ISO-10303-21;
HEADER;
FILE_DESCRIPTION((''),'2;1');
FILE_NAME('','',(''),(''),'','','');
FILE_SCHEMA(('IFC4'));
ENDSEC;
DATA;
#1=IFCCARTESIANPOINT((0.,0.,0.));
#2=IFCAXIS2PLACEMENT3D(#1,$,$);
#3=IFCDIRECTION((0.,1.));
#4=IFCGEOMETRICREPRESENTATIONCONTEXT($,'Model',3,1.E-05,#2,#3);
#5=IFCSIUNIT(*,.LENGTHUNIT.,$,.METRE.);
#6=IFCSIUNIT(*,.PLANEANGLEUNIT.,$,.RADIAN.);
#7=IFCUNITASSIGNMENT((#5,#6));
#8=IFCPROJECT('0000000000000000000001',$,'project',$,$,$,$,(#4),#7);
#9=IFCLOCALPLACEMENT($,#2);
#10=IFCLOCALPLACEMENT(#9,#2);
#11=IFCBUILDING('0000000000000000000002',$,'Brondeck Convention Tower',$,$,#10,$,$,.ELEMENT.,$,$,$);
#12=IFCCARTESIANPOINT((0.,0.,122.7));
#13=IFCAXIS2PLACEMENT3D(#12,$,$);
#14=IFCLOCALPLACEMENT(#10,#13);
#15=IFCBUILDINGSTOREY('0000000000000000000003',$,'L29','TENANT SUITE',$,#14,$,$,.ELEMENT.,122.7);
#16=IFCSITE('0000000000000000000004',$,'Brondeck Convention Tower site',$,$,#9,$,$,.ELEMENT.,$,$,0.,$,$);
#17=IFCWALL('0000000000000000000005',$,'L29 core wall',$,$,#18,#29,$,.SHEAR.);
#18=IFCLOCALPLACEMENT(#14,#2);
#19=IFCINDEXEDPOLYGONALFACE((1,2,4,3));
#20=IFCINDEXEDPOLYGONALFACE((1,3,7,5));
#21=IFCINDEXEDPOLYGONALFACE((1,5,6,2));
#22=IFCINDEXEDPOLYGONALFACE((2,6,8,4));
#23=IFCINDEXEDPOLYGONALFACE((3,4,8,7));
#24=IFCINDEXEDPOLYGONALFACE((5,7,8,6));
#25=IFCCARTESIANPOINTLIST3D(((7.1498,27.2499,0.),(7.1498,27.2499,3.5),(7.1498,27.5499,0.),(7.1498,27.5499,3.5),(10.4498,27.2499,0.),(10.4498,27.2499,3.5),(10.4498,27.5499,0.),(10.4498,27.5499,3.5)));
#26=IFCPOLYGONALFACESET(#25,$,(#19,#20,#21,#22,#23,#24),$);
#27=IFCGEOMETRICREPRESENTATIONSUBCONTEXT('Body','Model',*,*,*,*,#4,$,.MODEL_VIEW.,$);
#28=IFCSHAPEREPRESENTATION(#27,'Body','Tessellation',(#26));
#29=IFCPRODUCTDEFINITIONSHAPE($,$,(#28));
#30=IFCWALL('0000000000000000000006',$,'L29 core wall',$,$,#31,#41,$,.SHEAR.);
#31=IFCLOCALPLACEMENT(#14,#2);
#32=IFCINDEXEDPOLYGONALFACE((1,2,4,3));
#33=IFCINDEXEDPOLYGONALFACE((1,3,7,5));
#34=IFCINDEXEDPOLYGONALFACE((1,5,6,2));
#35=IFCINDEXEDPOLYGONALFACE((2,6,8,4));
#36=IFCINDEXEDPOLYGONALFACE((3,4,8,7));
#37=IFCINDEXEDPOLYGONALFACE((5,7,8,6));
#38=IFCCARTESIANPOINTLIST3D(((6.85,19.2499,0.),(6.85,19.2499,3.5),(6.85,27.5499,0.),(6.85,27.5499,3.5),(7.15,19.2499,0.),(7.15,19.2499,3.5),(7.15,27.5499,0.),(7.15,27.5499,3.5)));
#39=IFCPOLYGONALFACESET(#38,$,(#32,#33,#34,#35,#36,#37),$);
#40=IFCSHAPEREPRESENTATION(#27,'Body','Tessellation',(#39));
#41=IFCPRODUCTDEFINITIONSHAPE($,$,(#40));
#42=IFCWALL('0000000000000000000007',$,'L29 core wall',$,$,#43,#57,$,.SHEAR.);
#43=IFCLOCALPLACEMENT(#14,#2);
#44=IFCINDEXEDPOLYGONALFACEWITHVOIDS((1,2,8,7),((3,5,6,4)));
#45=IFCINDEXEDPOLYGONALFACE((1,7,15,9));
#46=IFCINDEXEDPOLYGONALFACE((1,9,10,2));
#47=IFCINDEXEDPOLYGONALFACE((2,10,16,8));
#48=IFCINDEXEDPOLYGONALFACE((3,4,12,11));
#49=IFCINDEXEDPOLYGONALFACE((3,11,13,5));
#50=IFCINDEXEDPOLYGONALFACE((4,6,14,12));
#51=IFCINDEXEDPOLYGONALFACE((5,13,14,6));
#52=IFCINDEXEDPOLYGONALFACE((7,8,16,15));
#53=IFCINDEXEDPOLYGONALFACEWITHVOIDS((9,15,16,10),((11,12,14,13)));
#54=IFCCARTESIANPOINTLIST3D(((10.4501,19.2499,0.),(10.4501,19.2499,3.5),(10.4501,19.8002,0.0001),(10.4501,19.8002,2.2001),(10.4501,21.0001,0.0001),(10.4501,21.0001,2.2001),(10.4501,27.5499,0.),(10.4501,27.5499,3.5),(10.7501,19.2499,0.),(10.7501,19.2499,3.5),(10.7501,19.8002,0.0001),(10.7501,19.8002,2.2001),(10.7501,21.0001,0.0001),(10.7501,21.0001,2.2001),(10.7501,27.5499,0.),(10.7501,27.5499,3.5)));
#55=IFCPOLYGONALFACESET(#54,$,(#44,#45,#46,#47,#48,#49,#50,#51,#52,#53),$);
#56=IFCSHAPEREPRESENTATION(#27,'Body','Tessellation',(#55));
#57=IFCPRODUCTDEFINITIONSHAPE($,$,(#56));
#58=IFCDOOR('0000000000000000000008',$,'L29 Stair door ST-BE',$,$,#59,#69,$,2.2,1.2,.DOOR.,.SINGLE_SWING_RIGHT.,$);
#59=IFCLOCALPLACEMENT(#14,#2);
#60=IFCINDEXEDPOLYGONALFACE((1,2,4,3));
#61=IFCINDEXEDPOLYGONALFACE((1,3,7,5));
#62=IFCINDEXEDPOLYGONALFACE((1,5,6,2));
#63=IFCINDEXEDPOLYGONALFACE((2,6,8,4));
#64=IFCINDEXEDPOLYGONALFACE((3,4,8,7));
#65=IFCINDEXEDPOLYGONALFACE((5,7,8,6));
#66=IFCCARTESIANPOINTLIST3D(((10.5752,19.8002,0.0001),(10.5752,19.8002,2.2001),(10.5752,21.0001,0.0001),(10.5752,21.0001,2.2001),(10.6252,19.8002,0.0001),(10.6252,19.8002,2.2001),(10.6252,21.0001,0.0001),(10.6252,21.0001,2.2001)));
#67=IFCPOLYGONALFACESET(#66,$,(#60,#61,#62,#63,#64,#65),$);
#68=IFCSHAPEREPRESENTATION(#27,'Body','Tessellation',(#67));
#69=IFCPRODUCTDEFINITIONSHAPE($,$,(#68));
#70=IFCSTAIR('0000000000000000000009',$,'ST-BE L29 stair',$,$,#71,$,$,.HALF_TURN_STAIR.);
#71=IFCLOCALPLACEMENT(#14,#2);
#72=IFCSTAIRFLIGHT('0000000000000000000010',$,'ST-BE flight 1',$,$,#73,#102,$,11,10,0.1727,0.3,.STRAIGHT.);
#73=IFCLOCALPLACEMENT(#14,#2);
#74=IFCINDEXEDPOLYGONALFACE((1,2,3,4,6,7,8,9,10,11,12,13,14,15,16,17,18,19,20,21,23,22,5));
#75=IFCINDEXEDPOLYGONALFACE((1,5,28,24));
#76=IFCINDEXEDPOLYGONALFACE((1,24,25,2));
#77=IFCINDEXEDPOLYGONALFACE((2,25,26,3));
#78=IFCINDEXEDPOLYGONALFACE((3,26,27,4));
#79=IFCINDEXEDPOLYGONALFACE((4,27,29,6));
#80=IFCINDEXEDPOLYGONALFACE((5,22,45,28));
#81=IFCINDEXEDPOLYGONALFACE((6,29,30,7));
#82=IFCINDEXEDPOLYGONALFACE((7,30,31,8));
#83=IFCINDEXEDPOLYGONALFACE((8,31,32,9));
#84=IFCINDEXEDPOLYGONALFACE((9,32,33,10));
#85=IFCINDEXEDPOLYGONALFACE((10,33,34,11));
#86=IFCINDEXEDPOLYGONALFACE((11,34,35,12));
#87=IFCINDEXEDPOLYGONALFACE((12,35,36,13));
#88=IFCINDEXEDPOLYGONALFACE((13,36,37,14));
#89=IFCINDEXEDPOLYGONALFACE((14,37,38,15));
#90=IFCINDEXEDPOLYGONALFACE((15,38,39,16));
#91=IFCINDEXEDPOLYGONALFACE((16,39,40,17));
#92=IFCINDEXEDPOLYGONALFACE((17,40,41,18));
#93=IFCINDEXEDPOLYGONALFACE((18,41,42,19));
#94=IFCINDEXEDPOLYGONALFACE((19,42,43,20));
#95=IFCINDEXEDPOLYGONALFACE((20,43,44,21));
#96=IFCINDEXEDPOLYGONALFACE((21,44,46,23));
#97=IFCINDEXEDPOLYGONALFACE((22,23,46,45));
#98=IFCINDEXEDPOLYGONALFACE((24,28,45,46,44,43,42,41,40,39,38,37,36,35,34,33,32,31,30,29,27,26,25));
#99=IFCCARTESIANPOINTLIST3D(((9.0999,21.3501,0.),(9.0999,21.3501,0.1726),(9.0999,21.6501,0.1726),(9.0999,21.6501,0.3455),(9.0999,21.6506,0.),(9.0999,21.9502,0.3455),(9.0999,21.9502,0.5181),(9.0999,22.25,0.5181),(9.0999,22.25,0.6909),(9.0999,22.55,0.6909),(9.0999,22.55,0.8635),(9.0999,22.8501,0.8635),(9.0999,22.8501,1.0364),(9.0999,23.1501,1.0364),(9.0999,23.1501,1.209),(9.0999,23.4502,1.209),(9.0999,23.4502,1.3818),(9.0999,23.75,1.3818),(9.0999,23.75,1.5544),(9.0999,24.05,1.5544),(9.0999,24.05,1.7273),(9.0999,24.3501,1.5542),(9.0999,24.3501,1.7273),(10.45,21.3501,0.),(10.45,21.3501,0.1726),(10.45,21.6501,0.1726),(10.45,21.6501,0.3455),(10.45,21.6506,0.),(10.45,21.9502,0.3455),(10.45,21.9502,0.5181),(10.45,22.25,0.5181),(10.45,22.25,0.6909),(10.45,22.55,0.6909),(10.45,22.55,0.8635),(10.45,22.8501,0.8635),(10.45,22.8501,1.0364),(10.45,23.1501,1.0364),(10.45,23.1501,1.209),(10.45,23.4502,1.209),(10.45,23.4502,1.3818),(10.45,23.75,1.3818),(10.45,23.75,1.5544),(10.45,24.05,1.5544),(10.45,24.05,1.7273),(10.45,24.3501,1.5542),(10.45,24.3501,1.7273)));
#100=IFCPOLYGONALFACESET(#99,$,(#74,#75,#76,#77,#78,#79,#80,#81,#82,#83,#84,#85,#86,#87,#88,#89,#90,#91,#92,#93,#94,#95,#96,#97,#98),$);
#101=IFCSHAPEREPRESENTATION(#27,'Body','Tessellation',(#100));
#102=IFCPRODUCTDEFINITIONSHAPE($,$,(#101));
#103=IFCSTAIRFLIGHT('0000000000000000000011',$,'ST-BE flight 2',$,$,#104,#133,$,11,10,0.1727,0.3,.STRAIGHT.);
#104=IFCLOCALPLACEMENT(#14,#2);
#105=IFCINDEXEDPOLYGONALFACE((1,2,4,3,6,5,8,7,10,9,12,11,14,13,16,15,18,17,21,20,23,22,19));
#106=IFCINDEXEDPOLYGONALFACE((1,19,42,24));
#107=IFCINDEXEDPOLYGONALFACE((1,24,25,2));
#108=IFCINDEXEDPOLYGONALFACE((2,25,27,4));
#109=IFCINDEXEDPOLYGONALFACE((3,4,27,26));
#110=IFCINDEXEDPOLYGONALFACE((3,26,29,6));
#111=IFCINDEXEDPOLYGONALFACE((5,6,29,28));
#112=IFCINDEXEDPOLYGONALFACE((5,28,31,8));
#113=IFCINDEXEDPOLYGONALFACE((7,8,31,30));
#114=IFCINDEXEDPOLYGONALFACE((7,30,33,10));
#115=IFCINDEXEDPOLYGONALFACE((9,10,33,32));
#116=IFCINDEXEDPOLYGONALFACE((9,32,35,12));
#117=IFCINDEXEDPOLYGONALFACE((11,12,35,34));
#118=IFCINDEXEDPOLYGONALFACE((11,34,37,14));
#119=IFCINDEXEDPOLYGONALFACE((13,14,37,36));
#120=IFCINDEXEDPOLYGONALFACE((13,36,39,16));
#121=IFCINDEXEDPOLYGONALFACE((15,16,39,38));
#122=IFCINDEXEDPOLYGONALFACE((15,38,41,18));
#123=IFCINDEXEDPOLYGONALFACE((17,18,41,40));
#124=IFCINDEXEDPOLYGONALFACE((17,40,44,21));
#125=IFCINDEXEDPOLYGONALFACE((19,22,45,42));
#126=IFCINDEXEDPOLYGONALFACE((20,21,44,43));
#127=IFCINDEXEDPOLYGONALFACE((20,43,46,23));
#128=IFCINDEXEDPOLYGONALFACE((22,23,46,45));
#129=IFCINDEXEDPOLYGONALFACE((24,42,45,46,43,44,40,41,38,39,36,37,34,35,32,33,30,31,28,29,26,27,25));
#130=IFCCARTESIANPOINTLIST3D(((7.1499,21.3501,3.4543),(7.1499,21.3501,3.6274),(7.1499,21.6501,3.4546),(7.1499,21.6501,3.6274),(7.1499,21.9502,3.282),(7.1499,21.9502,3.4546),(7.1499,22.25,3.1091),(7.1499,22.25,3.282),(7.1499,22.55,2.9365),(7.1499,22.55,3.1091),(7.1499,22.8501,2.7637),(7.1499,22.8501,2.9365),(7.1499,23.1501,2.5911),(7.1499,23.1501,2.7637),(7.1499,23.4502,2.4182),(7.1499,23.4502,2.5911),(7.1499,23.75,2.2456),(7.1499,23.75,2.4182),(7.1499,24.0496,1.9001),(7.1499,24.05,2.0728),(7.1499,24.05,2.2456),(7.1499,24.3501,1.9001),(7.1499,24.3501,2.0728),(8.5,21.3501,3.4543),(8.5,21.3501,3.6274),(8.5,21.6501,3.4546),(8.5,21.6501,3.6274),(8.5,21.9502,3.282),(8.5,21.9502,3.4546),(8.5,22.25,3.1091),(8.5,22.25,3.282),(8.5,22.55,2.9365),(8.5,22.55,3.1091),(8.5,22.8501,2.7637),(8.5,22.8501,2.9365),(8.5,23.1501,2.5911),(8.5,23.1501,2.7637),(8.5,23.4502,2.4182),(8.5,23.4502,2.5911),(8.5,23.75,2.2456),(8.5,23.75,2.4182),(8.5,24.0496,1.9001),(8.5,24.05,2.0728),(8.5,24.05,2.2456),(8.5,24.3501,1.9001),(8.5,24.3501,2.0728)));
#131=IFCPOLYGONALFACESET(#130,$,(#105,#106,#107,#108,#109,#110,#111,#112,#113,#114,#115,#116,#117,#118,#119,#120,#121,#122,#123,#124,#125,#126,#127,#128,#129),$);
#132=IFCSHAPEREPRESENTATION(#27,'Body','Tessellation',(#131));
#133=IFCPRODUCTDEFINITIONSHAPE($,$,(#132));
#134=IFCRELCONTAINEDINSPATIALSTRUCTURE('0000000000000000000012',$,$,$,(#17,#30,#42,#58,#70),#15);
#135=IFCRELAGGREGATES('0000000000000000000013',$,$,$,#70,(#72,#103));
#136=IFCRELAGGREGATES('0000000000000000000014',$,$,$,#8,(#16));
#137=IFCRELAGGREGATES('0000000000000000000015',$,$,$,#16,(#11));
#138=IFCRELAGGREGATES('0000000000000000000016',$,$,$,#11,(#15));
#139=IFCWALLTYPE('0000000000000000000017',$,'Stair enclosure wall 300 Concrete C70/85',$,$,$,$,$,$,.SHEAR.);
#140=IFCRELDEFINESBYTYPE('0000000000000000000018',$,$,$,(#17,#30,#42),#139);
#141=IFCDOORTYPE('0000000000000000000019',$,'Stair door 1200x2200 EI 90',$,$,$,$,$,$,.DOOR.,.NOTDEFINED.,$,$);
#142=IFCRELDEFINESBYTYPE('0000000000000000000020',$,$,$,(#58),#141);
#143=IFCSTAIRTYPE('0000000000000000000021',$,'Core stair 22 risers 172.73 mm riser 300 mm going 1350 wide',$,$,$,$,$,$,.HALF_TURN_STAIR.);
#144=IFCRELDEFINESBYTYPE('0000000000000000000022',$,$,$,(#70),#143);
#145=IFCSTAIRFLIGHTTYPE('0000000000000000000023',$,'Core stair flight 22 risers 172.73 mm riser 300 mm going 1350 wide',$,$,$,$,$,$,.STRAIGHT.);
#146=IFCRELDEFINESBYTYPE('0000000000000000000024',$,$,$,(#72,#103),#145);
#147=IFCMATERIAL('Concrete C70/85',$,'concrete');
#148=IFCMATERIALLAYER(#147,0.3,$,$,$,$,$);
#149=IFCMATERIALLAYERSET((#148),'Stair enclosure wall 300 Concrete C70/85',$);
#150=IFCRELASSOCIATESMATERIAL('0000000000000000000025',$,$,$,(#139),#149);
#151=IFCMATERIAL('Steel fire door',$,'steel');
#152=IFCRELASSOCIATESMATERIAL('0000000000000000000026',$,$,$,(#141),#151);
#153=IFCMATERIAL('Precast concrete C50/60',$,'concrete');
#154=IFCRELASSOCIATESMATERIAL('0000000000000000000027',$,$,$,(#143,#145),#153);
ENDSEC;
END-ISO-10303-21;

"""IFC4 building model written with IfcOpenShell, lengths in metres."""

from ifc_helpers import new_model, si_unit, direction, frame, frame_2d, origin, place, context, subcontext, project, spatial, polyline, rectangle, outline, extrude, material, layer, layer_set, type_object, element, fill, aggregate, save


model = new_model("IFC4")

# Units and contexts
model_context = context("Model", 3, precision=1e-05, world=origin(), true_north=direction((0.0, 1.0)))
body_context = subcontext(model_context, "Body", "Model", "MODEL_VIEW")
ifc_project = project(units=[si_unit("LENGTHUNIT", "METRE"), si_unit("PLANEANGLEUNIT", "RADIAN")], contexts=[model_context])

# Site, building, storey
site_placement = place(None, origin())
site = spatial("IfcSite", under=ifc_project, at=site_placement, Name="Brondeck Convention Tower site", CompositionType="ELEMENT", RefElevation=0.0)
building_placement = place(site_placement, origin())
building = spatial("IfcBuilding", under=site, at=building_placement, Name="Brondeck Convention Tower", CompositionType="ELEMENT")
storey_placement = place(building_placement, frame((0.0, 0.0, 122.7)))
storey = spatial("IfcBuildingStorey", under=building, at=storey_placement, Name="L29", Description="TENANT SUITE", CompositionType="ELEMENT", Elevation=122.7)

# Shared definitions
ifc_material_1 = material(Name="Concrete C70/85", Category="concrete")

# Walls
ifc_layer_1 = layer(ifc_material_1, 0.3)
ifc_layer_set_1 = layer_set([ifc_layer_1], Name="Stair enclosure wall 300 Concrete C70/85")
wall_type_1 = type_object("IfcWallType", Name="Stair enclosure wall 300 Concrete C70/85", PredefinedType="SHEAR", material=ifc_layer_set_1)
for number, where, z_axis, x_axis, name in (
    (1, (7.1499, 27.3999, 0.0), (0.0, 0.0, 1.0), (1.0, 0.0, 0.0), "L29 core wall"),
):
    element("IfcWall", number, at=place(storey_placement, frame(where, z_axis=z_axis, x_axis=x_axis)), inside=storey, type_object=wall_type_1, Name=name, PredefinedType="SHEAR", context=body_context, shape_type="SweptSolid", body=[
        extrude(rectangle(XDim=3.3, YDim=0.3, at=frame_2d((1.6499, 0.0))), origin(), (0.0, 0.0, 1.0), 3.5),
    ])
wall_1_placement = place(storey_placement, frame((7.0, 19.25, 0.0), z_axis=(0.0, 0.0, 1.0), x_axis=(0.0, 1.0, 0.0)))
element("IfcWall", 2, at=wall_1_placement, inside=storey, type_object=wall_type_1, Name="L29 core wall", PredefinedType="SHEAR", context=body_context, shape_type="SweptSolid", body=[
    extrude(rectangle(XDim=8.3, YDim=0.3, at=frame_2d((4.1499, 0.0))), origin(), (0.0, 0.0, 1.0), 3.5),
])

# Wall, opening, door
wall_2_placement = place(storey_placement, frame((10.6001, 19.25, 0.0), z_axis=(0.0, 0.0, 1.0), x_axis=(0.0, 1.0, 0.0)))
wall_2 = element("IfcWall", 3, at=wall_2_placement, inside=storey, type_object=wall_type_1, Name="L29 core wall", PredefinedType="SHEAR", context=body_context, shape_type="SweptSolid", body=[
    extrude(rectangle(XDim=8.3, YDim=0.3, at=frame_2d((4.1499, 0.0))), origin(), (0.0, 0.0, 1.0), 3.5),
])
opening_1_placement = place(wall_2_placement, frame((0.55, 0.0, 0.0)))
opening_1 = element("IfcOpeningElement", 4, at=opening_1_placement, cuts=wall_2, PredefinedType="OPENING", context=body_context, shape_type="SweptSolid", body=[
    extrude(rectangle(XDim=1.2, YDim=2.2, at=frame_2d((0.6001, 1.1001))), frame((0.0, 0.1599, 0.0), z_axis=(0.0, -1.0, 0.0), x_axis=(1.0, 0.0, 0.0)), (0.0, 0.0, 1.0), 0.3201),
])
ifc_material_2 = material(Name="Steel fire door", Category="steel")
door_type = type_object("IfcDoorType", Name="Stair door 1200x2200 EI 90", OperationType="NOTDEFINED", PredefinedType="DOOR", material=ifc_material_2)
door_placement = place(opening_1_placement, origin())
door = element("IfcDoor", 5, at=door_placement, inside=storey, type_object=door_type, Name="L29 Stair door ST-BE", OperationType="SINGLE_SWING_RIGHT", OverallHeight=2.2, OverallWidth=1.2, PredefinedType="DOOR", context=body_context, shape_type="SweptSolid", body=[
    extrude(rectangle(XDim=1.2, YDim=2.2, at=frame_2d((0.6001, 1.1001))), frame((0.0, 0.0249, 0.0), z_axis=(0.0, -1.0, 0.0), x_axis=(1.0, 0.0, 0.0)), (0.0, 0.0, 1.0), 0.05),
])
fill(opening_1, door)

# Stair, stair flights
ifc_material_3 = material(Name="Precast concrete C50/60", Category="concrete")
stair_type = type_object("IfcStairType", Name="Core stair 22 risers 172.73 mm riser 300 mm going 1350 wide", PredefinedType="HALF_TURN_STAIR", material=ifc_material_3)
stair_placement = place(storey_placement, origin())
stair = element("IfcStair", 6, at=stair_placement, inside=storey, type_object=stair_type, Name="ST-BE L29 stair", PredefinedType="HALF_TURN_STAIR")
stair_flight_type = type_object("IfcStairFlightType", Name="Core stair flight 22 risers 172.73 mm riser 300 mm going 1350 wide", PredefinedType="STRAIGHT", material=ifc_material_3)
stair_flight_1_placement = place(storey_placement, frame((9.7749, 21.3501, 0.0), z_axis=(0.0, 0.0, 1.0), x_axis=(0.0, 1.0, 0.0)))
stair_flight_1 = element("IfcStairFlight", 7, at=stair_flight_1_placement, type_object=stair_flight_type, Name="ST-BE flight 1", NumberOfRisers=11, NumberOfTreads=10, PredefinedType="STRAIGHT", RiserHeight=0.1727, TreadLength=0.3, context=body_context, shape_type="SweptSolid", body=[
    extrude(outline(polyline([(0.0, 0.0), (0.0, 0.1726), (0.3, 0.1726), (0.3, 0.3455), (0.6001, 0.3455), (0.6001, 0.5181), (0.8999, 0.5181), (0.8999, 0.6909), (1.2, 0.6909), (1.2, 0.8635), (1.5, 0.8635), (1.5, 1.0364), (1.8, 1.0364), (1.8, 1.209), (2.1001, 1.209), (2.1001, 1.3818), (2.3999, 1.3818), (2.3999, 1.5544), (2.7, 1.5544), (2.7, 1.7273), (3.0, 1.7273), (3.0, 1.8999), (3.0, 1.5542), (0.3005, 0.0), (0.0, 0.0)])), frame((0.0, 0.675, 0.0), z_axis=(0.0, -1.0, 0.0), x_axis=(1.0, 0.0, 0.0)), (0.0, 0.0, 1.0), 1.3501),
])
stair_flight_2_placement = place(storey_placement, frame((7.825, 24.3501, 1.9001), z_axis=(0.0, 0.0, 1.0), x_axis=(0.0, -1.0, 0.0)))
stair_flight_2 = element("IfcStairFlight", 8, at=stair_flight_2_placement, type_object=stair_flight_type, Name="ST-BE flight 2", NumberOfRisers=11, NumberOfTreads=10, PredefinedType="STRAIGHT", RiserHeight=0.1727, TreadLength=0.3, context=body_context, shape_type="SweptSolid", body=[
    extrude(outline(polyline([(0.0, 0.0), (0.0, 0.1726), (0.3, 0.1726), (0.3, 0.3455), (0.6001, 0.3455), (0.6001, 0.5181), (0.8999, 0.5181), (0.8999, 0.6909), (1.2, 0.6909), (1.2, 0.8635), (1.5, 0.8635), (1.5, 1.0364), (1.8, 1.0364), (1.8, 1.209), (2.1001, 1.209), (2.1001, 1.3818), (2.3999, 1.3818), (2.3999, 1.5544), (2.7, 1.5544), (2.7, 1.7273), (3.0, 1.7273), (3.0, 1.8999), (3.0, 1.5542), (0.3005, 0.0), (0.0, 0.0)])), frame((0.0, 0.675, 0.0), z_axis=(0.0, -1.0, 0.0), x_axis=(1.0, 0.0, 0.0)), (0.0, 0.0, 1.0), 1.3501),
])
aggregate(stair, [stair_flight_1, stair_flight_2])

save(model, "model.ifc")
